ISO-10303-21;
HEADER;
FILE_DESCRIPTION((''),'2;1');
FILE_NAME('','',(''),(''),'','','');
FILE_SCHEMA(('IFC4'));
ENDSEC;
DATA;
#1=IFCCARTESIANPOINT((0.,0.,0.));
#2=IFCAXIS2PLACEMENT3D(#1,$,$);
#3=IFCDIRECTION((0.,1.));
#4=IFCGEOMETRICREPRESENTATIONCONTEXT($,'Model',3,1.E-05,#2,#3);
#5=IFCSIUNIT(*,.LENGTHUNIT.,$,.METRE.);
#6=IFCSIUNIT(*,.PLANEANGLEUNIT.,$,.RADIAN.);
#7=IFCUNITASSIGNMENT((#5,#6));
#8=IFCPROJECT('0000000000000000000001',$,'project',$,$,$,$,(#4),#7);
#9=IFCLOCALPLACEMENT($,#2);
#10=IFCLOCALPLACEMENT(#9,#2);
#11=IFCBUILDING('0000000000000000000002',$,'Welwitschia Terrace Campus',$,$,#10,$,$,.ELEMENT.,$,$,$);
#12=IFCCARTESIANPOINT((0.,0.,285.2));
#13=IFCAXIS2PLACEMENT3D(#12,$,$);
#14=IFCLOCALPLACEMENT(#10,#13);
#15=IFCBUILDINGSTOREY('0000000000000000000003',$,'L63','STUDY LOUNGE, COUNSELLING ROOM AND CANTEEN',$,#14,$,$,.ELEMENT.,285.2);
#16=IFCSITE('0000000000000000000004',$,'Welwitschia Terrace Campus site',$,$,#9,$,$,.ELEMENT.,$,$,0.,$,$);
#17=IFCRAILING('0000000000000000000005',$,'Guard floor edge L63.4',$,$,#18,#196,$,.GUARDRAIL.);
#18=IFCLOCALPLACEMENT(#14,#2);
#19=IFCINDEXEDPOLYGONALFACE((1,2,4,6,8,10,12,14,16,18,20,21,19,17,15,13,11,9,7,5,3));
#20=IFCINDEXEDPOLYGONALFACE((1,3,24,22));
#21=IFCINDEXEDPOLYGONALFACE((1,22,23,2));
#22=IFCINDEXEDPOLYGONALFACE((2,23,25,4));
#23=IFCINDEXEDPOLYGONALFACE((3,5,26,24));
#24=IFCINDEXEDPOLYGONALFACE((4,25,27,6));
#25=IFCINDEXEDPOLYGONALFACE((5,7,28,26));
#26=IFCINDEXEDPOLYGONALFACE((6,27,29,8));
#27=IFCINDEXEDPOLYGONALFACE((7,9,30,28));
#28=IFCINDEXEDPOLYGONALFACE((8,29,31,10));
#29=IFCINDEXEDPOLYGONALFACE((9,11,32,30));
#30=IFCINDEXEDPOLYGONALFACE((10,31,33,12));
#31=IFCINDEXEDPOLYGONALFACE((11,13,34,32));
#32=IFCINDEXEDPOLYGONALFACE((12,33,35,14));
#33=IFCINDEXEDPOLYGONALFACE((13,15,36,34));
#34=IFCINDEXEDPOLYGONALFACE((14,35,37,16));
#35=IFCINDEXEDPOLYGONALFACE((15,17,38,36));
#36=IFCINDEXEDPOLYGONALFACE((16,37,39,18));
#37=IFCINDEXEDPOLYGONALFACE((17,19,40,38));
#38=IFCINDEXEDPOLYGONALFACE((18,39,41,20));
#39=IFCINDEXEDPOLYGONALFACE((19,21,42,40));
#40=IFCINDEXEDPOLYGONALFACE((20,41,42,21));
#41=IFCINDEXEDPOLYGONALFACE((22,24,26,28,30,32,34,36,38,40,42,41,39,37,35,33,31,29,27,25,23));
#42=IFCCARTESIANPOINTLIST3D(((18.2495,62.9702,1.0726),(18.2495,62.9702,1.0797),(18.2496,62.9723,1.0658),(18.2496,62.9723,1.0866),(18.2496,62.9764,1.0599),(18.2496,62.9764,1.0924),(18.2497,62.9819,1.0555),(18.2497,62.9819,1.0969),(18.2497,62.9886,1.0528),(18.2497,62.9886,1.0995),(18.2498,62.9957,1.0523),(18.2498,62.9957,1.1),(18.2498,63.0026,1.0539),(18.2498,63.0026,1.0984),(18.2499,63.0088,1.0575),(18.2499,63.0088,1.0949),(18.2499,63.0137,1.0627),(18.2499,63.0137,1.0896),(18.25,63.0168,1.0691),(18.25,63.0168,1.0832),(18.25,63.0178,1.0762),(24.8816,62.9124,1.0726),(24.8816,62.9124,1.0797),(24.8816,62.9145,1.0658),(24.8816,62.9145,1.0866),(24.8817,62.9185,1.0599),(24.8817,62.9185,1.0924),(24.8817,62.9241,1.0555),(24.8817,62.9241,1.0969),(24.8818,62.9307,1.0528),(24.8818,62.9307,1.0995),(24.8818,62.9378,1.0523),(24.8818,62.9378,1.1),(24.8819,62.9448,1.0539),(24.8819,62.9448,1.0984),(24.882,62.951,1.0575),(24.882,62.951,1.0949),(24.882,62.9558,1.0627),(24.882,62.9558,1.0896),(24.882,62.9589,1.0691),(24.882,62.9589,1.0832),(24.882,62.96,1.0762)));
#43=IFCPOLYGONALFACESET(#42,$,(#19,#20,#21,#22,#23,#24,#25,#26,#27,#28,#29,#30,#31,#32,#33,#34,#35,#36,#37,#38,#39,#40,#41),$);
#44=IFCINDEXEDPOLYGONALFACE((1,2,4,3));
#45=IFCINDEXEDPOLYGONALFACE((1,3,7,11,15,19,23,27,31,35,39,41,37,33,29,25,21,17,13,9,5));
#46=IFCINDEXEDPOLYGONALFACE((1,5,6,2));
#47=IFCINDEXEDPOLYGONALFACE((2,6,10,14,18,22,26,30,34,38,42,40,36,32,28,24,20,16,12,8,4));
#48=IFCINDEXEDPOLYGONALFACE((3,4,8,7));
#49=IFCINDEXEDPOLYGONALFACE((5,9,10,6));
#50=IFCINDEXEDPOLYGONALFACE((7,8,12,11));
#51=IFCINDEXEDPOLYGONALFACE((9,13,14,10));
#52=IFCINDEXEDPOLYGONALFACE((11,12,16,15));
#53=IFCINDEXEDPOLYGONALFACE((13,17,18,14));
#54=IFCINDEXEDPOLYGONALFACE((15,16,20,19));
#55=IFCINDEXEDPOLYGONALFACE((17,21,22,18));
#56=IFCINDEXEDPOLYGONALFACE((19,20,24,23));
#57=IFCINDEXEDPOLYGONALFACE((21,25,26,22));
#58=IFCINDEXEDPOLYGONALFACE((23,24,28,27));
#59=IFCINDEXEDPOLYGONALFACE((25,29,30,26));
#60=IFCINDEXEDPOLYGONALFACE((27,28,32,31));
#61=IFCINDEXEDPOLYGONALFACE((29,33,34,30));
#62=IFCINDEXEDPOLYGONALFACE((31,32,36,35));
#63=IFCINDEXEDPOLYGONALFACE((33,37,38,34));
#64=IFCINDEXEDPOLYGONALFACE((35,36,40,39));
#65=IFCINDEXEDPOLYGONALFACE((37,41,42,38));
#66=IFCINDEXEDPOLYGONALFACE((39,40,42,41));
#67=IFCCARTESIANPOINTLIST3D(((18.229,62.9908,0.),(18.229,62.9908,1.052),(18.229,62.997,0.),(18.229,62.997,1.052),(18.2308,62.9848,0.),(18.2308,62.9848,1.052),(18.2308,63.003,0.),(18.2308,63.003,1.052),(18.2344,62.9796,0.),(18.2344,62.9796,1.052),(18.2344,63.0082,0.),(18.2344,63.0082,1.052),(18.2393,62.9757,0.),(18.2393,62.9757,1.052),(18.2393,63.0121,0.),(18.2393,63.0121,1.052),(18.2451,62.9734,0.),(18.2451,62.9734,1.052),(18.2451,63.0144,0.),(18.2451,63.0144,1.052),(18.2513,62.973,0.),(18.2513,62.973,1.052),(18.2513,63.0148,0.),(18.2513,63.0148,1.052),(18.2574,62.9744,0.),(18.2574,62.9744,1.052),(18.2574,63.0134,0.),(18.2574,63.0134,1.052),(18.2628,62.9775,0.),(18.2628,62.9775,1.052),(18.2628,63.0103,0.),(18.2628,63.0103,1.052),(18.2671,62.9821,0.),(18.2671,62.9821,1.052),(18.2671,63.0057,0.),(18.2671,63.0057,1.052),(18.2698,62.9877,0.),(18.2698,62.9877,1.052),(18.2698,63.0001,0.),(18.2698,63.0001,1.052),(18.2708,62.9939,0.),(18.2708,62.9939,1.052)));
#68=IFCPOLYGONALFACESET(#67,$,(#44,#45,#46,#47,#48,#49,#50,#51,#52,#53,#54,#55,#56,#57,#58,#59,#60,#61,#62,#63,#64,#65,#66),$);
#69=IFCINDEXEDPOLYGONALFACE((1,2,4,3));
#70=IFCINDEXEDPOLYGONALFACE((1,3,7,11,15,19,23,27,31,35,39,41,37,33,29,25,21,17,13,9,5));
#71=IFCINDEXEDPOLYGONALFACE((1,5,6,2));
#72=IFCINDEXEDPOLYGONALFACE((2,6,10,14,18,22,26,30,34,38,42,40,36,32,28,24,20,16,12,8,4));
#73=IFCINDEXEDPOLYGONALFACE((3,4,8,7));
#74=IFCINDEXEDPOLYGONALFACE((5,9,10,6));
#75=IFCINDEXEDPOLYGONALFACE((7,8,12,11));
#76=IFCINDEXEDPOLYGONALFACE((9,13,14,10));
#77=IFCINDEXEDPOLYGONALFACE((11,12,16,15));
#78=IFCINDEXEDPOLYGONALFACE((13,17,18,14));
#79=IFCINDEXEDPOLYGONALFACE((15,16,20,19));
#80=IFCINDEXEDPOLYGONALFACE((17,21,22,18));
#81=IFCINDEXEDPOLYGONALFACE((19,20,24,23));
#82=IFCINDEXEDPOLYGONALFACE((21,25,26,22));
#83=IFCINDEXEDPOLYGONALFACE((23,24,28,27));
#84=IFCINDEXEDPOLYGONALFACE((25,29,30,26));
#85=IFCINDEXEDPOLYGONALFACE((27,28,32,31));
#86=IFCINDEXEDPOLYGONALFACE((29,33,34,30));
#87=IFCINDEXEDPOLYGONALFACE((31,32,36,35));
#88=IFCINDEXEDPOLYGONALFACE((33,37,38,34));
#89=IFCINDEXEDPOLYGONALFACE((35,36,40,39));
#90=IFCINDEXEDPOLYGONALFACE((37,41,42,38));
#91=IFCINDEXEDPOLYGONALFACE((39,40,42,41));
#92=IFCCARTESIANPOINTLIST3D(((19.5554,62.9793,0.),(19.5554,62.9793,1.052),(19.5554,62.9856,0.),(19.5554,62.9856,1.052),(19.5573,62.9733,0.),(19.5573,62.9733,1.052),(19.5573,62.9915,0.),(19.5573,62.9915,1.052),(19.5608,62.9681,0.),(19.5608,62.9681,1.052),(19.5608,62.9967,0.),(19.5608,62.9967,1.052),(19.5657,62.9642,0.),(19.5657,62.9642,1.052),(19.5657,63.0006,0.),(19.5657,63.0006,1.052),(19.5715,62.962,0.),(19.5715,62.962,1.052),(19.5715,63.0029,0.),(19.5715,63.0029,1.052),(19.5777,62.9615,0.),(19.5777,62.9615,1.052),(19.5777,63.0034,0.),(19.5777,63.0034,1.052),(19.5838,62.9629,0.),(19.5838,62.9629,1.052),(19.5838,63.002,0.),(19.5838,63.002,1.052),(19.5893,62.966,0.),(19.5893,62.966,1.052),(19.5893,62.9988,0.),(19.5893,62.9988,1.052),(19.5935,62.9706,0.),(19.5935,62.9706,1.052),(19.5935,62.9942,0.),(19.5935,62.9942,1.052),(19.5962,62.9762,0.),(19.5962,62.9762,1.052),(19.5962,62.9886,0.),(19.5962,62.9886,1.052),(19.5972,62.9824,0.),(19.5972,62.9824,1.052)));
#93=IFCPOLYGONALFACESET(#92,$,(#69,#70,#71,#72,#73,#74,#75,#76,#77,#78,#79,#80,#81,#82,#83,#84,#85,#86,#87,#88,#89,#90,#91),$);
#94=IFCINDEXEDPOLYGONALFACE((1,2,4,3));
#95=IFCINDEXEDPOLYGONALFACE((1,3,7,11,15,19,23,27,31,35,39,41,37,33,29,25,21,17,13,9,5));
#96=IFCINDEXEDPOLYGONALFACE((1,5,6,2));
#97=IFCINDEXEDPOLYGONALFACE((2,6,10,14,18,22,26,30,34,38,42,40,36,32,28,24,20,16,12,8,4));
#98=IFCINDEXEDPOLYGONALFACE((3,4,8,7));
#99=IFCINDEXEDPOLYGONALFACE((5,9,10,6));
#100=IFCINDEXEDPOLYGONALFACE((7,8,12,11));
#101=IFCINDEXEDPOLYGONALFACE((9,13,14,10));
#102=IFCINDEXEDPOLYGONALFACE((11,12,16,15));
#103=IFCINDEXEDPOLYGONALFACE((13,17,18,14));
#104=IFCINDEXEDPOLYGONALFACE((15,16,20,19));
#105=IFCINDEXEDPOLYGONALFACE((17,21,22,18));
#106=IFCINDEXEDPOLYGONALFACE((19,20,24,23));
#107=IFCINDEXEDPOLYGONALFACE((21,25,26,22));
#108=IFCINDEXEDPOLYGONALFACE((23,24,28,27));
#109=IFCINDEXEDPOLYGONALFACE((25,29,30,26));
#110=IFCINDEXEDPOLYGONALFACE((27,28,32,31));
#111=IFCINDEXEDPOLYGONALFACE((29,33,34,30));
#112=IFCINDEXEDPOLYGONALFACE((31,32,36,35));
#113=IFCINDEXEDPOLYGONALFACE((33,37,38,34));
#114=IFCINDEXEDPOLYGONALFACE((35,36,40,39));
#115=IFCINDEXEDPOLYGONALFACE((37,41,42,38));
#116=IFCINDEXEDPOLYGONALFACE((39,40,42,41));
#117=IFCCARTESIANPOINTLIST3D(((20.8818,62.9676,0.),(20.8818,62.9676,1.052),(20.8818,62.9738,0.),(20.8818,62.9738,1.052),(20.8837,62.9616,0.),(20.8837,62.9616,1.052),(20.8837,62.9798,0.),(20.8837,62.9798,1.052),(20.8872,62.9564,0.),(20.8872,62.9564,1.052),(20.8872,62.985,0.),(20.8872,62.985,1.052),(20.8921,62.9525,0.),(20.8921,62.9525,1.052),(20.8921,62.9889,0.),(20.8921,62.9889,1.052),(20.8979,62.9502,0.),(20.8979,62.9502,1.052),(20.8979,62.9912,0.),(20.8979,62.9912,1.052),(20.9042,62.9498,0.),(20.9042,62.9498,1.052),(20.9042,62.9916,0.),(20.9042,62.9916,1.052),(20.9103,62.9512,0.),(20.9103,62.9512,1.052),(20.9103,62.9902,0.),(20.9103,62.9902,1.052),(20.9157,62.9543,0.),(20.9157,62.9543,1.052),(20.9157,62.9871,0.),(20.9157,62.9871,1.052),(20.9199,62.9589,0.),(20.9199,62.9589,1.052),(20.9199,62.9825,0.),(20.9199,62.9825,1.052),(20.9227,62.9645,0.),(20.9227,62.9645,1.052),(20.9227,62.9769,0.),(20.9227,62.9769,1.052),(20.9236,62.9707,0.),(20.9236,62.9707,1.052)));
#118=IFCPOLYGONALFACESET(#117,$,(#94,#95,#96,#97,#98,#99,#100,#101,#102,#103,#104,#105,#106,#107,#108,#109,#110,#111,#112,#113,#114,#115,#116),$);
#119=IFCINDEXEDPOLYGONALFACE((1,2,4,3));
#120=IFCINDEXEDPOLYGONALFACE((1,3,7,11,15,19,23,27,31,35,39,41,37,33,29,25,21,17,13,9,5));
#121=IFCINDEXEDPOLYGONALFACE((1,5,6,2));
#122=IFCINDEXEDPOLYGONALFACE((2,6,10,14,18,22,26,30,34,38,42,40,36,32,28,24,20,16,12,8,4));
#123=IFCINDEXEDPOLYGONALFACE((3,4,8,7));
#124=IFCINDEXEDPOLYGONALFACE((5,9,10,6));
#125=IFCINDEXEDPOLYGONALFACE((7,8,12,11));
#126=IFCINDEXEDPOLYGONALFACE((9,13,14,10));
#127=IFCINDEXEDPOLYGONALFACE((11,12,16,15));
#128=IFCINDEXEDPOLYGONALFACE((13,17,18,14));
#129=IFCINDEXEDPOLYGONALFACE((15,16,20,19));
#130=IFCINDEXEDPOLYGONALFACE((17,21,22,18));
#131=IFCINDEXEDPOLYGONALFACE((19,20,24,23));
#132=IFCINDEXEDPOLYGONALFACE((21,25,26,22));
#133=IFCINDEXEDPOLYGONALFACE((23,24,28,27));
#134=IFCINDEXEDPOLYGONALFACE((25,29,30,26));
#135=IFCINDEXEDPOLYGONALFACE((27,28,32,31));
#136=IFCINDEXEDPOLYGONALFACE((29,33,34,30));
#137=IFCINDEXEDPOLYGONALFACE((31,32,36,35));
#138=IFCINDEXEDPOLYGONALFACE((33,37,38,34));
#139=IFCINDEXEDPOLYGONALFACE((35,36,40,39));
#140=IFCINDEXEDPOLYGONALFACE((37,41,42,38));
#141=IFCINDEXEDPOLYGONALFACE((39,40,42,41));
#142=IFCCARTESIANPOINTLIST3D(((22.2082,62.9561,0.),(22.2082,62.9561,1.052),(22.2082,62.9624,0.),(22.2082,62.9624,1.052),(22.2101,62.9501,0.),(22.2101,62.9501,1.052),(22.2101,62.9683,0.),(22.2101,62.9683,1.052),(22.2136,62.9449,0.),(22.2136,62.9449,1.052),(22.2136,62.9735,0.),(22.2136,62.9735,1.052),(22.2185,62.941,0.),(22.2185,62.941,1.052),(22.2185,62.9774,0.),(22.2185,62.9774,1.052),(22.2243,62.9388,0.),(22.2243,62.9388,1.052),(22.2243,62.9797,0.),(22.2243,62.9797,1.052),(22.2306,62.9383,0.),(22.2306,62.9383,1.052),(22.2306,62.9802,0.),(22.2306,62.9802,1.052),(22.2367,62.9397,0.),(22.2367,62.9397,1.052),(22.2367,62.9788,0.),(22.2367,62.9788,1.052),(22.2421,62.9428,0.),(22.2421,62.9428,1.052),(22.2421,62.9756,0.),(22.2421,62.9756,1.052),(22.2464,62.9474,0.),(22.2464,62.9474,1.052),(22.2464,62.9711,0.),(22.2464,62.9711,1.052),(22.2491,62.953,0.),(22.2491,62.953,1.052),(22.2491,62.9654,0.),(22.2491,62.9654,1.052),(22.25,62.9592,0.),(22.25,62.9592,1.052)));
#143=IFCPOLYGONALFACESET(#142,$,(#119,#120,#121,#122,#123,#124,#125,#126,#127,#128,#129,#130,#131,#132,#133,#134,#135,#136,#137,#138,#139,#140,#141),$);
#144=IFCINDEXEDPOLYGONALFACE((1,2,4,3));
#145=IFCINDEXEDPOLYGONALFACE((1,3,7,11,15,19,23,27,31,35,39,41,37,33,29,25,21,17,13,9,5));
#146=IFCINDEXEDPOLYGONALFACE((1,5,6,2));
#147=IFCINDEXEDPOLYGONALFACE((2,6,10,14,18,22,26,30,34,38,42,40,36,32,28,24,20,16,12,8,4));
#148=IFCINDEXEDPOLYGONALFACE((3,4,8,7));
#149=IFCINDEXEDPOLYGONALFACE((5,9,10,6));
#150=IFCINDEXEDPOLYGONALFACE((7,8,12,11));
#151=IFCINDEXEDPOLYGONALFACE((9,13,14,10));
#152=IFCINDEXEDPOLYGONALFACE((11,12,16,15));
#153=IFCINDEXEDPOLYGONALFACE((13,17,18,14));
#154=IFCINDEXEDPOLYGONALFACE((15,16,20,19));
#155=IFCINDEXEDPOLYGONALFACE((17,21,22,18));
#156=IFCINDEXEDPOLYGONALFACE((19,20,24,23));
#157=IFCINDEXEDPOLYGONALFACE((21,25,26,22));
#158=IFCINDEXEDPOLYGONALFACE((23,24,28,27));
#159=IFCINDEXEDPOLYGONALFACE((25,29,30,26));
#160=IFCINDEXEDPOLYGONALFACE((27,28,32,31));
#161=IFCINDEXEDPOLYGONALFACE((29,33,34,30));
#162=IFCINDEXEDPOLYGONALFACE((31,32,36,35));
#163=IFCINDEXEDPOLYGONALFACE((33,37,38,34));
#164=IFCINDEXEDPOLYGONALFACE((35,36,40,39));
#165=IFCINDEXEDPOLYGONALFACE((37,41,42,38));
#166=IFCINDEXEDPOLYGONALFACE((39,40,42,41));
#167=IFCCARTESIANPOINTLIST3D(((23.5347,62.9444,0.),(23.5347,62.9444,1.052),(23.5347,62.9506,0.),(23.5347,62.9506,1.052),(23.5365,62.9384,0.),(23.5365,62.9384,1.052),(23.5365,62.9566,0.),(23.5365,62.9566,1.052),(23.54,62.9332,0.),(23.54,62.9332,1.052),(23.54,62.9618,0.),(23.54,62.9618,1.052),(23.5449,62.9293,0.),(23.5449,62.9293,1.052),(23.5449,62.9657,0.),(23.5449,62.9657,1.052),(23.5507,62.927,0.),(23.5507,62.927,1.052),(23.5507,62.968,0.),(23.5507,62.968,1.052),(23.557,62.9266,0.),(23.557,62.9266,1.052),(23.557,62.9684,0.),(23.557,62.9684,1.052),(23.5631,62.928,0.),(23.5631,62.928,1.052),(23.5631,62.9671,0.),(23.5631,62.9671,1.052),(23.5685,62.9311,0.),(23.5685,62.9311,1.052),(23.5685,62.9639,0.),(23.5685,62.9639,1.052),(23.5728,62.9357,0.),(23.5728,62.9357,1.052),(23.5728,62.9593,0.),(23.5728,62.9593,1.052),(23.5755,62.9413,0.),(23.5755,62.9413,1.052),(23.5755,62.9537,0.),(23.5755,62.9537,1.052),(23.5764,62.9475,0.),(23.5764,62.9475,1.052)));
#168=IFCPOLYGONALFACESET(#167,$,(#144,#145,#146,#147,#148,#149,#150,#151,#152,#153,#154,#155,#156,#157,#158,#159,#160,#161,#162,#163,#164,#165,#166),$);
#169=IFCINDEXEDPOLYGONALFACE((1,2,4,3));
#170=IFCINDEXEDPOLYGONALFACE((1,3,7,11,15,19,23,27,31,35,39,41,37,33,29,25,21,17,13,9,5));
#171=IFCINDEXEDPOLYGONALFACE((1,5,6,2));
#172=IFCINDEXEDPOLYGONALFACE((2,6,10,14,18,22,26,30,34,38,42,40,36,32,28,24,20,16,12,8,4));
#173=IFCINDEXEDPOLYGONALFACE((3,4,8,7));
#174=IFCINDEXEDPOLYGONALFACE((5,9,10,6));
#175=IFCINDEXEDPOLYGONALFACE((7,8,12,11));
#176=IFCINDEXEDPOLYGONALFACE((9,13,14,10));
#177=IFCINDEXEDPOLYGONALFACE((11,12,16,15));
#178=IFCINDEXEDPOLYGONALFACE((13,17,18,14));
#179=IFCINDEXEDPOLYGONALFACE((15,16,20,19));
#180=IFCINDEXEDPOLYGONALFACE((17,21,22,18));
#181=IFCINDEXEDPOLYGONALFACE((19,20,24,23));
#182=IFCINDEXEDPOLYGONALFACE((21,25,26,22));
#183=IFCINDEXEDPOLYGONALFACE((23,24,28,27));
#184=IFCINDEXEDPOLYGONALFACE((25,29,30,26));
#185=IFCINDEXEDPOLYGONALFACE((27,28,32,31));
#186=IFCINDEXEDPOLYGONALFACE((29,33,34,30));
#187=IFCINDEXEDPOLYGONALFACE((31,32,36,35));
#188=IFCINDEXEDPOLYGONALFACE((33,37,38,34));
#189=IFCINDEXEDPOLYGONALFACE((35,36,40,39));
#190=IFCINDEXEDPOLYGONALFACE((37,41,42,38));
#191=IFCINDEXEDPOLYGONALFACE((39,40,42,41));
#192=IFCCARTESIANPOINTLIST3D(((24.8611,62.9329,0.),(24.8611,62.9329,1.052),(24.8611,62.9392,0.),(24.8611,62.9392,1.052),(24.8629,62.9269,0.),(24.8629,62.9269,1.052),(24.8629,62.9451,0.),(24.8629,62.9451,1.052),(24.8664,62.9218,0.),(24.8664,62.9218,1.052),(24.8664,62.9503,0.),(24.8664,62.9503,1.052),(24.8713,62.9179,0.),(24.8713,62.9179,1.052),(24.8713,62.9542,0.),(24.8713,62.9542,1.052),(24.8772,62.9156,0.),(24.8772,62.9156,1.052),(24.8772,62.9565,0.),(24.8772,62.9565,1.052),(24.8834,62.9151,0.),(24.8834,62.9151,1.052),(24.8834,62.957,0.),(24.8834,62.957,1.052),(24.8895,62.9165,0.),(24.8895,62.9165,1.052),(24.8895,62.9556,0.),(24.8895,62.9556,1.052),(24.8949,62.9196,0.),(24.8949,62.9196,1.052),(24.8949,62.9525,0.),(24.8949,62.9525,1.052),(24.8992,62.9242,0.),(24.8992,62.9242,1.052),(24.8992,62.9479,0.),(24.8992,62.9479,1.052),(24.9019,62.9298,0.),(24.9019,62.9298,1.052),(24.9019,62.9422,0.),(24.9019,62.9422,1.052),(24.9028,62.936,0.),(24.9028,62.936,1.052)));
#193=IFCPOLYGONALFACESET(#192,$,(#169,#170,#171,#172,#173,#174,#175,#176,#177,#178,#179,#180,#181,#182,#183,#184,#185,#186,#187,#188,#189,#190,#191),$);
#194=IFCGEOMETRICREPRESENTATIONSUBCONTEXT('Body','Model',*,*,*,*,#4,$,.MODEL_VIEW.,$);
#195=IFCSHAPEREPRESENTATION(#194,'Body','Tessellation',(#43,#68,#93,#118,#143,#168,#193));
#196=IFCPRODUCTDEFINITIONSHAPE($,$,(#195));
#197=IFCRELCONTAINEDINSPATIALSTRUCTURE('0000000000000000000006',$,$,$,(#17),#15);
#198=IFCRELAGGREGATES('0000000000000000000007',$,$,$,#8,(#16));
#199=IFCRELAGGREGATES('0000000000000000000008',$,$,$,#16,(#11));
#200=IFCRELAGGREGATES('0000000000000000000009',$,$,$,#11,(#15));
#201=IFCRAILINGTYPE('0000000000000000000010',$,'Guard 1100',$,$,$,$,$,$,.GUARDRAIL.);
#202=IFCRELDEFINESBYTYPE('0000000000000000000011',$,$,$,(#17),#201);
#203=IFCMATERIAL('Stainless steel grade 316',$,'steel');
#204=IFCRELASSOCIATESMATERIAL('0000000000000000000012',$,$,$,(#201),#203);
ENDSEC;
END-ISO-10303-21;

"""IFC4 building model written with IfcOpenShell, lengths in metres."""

from ifc_helpers import new_model, si_unit, direction, frame, origin, origin_2d, place, context, subcontext, project, spatial, circle, extrude, material, type_object, element, save


model = new_model("IFC4")

# Units and contexts
model_context = context("Model", 3, precision=1e-05, world=origin(), true_north=direction((0.0, 1.0)))
body_context = subcontext(model_context, "Body", "Model", "MODEL_VIEW")
ifc_project = project(units=[si_unit("LENGTHUNIT", "METRE"), si_unit("PLANEANGLEUNIT", "RADIAN")], contexts=[model_context])

# Site, building, storey
site_placement = place(None, origin())
site = spatial("IfcSite", under=ifc_project, at=site_placement, Name="Welwitschia Terrace Campus site", CompositionType="ELEMENT", RefElevation=0.0)
building_placement = place(site_placement, origin())
building = spatial("IfcBuilding", under=site, at=building_placement, Name="Welwitschia Terrace Campus", CompositionType="ELEMENT")
storey_placement = place(building_placement, frame((0.0, 0.0, 285.2)))
storey = spatial("IfcBuildingStorey", under=building, at=storey_placement, Name="L63", Description="STUDY LOUNGE, COUNSELLING ROOM AND CANTEEN", CompositionType="ELEMENT", Elevation=285.2)

# Railing
ifc_material_1 = material(Name="Stainless steel grade 316", Category="steel")
railing_type = type_object("IfcRailingType", Name="Guard 1100", PredefinedType="GUARDRAIL", material=ifc_material_1)
railing_placement = place(storey_placement, frame((18.2498, 62.9939, 0.0)))
element("IfcRailing", 1, at=railing_placement, inside=storey, type_object=railing_type, Name="Guard floor edge L63.4", PredefinedType="GUARDRAIL", context=body_context, shape_type="SweptSolid", body=[
    extrude(circle(Radius=0.0239, at=origin_2d()), frame((0.0, 0.0, 1.0762), z_axis=(0.999962, -0.008724, 0.0), x_axis=(0.008724, 0.999962, 0.0)), (0.0, 0.0, 1.0), 6.6323),
    extrude(circle(Radius=0.021, at=origin_2d()), origin(), (0.0, 0.0, 1.0), 1.052),
    extrude(circle(Radius=0.021, at=origin_2d()), frame((1.3264, -0.0115, 0.0)), (0.0, 0.0, 1.0), 1.052),
    extrude(circle(Radius=0.021, at=origin_2d()), frame((2.6528, -0.0232, 0.0)), (0.0, 0.0, 1.0), 1.052),
    extrude(circle(Radius=0.021, at=origin_2d()), frame((3.9792, -0.0347, 0.0)), (0.0, 0.0, 1.0), 1.052),
    extrude(circle(Radius=0.021, at=origin_2d()), frame((5.3057, -0.0464, 0.0)), (0.0, 0.0, 1.0), 1.052),
    extrude(circle(Radius=0.021, at=origin_2d()), frame((6.6321, -0.0579, 0.0)), (0.0, 0.0, 1.0), 1.052),
])

save(model, "model.ifc")
